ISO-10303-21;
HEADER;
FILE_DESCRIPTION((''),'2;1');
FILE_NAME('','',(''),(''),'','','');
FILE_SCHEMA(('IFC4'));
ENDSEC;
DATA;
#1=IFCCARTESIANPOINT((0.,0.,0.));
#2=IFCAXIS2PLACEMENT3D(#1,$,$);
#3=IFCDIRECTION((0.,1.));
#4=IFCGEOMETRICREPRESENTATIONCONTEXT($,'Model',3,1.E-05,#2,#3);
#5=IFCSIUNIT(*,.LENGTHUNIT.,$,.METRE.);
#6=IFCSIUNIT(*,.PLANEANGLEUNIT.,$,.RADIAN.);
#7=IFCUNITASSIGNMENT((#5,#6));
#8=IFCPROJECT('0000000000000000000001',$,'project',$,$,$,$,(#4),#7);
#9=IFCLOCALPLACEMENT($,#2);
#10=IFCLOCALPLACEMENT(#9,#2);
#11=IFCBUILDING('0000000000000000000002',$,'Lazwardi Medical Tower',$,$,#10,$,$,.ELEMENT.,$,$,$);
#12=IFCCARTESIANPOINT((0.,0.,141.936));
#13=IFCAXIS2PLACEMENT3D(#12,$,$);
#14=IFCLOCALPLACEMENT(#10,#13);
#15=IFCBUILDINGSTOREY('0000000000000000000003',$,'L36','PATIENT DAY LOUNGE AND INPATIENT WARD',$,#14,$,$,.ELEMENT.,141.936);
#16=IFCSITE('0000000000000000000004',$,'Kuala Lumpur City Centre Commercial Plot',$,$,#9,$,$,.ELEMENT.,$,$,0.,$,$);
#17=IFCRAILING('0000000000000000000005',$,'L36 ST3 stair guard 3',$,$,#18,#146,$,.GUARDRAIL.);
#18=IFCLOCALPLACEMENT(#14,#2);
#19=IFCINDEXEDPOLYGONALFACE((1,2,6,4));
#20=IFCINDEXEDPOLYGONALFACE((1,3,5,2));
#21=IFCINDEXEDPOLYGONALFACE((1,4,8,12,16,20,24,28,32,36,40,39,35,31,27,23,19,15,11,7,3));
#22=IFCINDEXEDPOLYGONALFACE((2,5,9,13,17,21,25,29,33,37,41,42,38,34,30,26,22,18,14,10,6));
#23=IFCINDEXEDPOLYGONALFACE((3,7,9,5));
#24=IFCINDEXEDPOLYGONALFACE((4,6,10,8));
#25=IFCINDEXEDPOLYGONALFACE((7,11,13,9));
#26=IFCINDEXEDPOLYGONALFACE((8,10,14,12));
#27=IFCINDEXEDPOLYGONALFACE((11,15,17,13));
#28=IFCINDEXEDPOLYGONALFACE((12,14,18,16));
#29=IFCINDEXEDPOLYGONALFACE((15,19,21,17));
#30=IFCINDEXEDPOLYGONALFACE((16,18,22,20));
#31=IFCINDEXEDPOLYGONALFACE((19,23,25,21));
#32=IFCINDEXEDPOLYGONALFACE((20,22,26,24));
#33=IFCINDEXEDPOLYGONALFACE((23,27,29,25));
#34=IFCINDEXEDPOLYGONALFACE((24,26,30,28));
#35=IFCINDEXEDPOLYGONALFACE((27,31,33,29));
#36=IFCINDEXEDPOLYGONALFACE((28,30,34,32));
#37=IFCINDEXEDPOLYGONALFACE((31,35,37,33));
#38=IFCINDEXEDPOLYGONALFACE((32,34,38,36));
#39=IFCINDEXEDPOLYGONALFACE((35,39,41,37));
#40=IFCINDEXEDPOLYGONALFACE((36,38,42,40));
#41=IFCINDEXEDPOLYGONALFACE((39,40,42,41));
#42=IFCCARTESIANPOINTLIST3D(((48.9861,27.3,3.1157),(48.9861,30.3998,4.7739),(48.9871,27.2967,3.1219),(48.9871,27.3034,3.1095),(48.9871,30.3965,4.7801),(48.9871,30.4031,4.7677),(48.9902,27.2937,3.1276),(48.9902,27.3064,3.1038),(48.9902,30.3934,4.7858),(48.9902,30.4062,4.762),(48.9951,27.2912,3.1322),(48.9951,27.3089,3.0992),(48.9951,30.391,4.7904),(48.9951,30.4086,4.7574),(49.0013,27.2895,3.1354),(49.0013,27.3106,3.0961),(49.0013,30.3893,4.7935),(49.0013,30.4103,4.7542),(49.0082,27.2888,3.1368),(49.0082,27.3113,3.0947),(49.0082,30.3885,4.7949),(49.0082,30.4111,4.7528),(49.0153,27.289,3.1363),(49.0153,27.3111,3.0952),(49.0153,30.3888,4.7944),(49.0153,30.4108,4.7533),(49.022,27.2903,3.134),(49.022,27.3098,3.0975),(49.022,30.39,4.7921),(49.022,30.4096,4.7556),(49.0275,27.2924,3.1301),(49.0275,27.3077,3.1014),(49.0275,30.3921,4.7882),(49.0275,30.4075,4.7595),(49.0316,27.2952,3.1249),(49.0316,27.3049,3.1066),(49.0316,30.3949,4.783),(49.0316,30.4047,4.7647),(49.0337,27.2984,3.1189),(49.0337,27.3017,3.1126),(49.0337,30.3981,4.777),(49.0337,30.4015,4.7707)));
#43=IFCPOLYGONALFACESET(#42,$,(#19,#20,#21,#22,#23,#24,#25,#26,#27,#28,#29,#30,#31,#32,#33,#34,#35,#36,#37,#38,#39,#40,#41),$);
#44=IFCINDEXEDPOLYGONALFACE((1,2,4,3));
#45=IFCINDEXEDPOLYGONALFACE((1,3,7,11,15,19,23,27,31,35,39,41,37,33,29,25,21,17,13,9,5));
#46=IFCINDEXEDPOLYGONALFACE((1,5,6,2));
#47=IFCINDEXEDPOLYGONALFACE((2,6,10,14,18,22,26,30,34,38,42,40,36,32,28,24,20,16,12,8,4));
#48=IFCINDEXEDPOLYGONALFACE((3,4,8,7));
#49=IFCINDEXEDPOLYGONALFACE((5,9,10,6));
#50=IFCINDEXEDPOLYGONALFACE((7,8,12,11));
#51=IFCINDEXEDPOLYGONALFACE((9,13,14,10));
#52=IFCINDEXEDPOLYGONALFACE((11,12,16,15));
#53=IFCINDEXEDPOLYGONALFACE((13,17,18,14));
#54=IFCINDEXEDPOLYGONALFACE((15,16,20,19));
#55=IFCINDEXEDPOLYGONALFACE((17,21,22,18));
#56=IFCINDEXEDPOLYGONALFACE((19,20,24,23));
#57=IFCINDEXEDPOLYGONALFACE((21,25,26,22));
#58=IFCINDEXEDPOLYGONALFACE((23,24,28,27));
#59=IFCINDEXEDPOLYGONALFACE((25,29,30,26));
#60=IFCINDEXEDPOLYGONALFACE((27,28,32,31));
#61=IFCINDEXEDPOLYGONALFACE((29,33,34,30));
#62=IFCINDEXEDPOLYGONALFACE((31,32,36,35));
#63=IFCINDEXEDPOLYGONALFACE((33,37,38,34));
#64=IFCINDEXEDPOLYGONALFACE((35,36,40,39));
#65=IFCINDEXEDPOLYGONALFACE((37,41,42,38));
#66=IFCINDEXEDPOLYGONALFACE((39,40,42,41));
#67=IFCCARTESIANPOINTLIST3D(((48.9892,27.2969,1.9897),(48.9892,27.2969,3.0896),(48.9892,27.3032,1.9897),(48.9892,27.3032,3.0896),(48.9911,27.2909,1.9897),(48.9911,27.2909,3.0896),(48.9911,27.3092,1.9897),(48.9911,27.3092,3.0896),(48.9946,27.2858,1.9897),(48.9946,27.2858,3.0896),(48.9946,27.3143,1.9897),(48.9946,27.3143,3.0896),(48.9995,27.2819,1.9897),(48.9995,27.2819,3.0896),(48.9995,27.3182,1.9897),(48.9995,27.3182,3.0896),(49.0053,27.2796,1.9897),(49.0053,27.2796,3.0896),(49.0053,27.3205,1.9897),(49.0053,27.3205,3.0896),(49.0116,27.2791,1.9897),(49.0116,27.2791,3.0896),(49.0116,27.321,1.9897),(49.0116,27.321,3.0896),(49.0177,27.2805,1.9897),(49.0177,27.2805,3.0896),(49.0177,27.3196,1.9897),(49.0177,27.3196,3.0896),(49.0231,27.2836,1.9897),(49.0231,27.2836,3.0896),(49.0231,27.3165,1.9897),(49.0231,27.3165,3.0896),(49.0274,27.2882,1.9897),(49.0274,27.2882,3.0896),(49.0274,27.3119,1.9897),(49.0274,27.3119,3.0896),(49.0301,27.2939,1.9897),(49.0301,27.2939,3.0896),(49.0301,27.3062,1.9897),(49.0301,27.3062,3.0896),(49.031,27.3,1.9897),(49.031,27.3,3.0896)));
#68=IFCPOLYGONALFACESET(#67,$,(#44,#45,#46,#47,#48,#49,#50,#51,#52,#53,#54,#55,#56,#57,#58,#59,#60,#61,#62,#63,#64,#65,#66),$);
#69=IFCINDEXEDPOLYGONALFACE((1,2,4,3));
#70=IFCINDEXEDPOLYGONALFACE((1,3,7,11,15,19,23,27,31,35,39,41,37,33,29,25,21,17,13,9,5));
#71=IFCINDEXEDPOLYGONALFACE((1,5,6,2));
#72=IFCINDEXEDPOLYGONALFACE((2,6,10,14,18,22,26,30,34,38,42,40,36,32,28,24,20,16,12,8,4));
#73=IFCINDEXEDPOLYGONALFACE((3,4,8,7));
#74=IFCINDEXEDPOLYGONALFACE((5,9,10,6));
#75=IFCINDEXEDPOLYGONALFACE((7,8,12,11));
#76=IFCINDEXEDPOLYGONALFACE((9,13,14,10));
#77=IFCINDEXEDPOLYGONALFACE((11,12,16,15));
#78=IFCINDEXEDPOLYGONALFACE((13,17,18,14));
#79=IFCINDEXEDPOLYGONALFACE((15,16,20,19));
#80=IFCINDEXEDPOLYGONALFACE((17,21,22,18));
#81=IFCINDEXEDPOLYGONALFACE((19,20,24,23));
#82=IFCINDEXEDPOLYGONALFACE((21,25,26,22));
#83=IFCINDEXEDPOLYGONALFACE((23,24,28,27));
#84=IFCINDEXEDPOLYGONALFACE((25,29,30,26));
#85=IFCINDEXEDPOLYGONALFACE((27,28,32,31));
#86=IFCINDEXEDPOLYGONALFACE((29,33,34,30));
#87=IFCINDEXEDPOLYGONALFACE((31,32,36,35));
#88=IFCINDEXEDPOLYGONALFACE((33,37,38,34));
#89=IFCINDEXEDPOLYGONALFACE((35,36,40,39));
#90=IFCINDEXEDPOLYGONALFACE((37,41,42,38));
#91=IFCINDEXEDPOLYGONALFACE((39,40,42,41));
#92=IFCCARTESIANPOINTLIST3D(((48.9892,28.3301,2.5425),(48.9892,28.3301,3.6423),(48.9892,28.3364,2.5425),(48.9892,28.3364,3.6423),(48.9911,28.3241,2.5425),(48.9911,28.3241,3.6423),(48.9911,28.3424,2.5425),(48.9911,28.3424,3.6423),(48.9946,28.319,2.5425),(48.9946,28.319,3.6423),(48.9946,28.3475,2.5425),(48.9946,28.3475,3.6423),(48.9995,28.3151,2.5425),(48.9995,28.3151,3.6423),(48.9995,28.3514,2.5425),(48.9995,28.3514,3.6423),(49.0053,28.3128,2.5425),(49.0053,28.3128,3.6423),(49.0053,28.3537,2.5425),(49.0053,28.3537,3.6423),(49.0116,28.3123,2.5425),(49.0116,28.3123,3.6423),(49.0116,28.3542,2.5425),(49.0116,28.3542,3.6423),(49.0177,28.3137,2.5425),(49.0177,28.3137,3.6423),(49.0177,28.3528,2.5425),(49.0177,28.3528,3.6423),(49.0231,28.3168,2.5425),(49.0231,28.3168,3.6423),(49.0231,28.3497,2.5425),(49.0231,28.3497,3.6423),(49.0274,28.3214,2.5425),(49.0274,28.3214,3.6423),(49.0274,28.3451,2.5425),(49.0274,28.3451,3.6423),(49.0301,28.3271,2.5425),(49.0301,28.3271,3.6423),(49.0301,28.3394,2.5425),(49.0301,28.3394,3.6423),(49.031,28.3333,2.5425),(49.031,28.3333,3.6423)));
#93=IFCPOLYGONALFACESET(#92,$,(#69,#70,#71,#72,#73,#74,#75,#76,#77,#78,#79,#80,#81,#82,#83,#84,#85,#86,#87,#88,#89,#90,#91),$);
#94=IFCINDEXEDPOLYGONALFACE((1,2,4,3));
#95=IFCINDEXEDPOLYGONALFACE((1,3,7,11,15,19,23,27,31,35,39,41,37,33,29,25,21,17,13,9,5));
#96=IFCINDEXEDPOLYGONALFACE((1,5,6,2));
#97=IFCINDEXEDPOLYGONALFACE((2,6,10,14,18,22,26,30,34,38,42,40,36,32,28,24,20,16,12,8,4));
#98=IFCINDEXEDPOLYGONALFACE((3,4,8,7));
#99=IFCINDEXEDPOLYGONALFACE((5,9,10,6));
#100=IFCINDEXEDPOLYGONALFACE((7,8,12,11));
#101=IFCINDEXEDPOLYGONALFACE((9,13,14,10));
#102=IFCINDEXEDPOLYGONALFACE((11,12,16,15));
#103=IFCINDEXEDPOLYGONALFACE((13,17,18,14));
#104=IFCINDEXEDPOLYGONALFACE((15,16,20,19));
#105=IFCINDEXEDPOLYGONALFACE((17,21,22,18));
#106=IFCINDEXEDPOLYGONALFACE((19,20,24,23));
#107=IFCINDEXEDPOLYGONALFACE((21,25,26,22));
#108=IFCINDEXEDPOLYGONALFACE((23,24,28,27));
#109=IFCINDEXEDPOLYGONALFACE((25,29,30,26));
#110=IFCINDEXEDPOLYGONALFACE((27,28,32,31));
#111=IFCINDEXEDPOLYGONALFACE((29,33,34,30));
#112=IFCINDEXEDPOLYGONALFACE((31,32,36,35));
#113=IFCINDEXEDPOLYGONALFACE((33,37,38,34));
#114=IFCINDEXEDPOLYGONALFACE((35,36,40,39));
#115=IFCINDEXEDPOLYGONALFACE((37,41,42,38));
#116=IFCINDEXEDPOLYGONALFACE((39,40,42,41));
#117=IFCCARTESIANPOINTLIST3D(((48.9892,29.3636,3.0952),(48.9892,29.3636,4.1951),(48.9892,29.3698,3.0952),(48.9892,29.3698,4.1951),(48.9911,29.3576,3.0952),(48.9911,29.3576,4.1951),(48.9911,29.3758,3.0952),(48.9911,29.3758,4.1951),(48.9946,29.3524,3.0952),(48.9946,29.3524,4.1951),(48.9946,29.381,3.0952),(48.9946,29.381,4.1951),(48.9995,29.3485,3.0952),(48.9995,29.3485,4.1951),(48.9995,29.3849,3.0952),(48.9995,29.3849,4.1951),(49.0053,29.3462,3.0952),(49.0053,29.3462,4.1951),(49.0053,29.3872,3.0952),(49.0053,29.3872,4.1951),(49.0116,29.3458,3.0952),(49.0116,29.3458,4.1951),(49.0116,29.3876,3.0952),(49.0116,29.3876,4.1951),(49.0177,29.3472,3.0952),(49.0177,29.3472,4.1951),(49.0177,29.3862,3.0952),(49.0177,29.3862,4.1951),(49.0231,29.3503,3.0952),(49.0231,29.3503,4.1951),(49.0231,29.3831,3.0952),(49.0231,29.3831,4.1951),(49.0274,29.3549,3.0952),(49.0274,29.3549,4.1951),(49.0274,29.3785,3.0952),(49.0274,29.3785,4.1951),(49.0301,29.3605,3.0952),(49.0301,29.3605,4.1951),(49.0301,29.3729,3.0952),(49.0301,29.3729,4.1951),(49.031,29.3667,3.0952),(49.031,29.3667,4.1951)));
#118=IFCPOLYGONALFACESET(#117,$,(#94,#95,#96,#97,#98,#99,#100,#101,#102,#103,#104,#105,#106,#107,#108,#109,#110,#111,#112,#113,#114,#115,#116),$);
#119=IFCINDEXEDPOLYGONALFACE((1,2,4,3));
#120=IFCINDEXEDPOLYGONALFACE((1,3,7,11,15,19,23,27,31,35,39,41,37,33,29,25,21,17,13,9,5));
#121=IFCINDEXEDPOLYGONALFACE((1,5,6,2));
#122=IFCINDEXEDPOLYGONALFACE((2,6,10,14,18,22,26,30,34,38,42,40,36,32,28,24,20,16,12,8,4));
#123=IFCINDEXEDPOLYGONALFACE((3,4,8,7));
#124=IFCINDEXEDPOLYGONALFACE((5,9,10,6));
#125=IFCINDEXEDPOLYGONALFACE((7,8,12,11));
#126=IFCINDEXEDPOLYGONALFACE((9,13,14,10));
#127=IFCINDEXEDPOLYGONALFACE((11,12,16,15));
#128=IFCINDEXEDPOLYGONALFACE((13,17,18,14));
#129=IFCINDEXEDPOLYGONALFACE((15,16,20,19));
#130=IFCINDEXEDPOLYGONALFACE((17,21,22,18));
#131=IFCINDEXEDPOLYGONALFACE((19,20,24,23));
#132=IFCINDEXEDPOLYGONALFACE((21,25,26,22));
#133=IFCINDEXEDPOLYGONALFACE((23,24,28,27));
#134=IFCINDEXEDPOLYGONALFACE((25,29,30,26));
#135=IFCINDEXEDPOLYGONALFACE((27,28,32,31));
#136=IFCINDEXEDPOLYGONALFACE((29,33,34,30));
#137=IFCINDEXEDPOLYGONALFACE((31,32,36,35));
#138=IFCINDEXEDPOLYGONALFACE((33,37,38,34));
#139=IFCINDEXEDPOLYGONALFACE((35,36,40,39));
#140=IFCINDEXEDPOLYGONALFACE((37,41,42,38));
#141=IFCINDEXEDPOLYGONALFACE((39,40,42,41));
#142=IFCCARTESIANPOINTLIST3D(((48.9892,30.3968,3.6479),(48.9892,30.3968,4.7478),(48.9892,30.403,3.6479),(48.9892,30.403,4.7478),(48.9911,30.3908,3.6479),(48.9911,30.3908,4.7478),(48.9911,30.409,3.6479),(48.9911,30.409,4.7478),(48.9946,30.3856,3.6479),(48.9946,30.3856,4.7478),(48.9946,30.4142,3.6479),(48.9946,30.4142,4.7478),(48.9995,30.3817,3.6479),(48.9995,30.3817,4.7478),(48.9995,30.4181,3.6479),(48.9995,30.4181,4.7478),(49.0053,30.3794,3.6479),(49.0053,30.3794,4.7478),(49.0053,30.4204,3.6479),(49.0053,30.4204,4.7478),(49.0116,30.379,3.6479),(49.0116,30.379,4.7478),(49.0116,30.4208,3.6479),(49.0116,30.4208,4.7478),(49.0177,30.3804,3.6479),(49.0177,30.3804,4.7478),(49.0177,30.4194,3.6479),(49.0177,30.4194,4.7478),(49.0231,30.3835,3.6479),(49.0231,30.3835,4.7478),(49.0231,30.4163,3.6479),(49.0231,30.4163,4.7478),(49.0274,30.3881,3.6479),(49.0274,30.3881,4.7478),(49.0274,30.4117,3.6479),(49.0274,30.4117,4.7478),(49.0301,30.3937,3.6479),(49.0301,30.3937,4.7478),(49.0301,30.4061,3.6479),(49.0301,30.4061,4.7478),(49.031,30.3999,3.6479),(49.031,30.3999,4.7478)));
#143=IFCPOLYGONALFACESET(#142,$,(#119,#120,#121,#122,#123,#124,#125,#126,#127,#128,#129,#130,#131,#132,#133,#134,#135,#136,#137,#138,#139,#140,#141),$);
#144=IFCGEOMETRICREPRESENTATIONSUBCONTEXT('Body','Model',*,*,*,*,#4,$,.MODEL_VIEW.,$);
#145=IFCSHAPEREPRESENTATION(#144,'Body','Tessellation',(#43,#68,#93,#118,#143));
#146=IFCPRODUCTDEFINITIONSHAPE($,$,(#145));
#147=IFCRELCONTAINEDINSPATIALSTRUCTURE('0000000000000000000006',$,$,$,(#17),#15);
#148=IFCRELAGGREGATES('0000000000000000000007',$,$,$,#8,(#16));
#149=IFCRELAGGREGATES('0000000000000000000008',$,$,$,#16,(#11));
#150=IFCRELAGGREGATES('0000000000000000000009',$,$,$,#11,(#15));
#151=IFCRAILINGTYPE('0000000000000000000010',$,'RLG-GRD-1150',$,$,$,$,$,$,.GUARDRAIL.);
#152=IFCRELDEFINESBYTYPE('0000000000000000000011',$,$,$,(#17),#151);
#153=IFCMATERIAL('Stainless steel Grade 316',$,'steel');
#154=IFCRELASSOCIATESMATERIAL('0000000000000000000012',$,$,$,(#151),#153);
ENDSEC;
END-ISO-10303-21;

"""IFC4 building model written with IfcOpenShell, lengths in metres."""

from ifc_helpers import new_model, si_unit, direction, frame, origin, origin_2d, place, context, subcontext, project, spatial, circle, extrude, material, type_object, element, save


model = new_model("IFC4")

# Units and contexts
model_context = context("Model", 3, precision=1e-05, world=origin(), true_north=direction((0.0, 1.0)))
body_context = subcontext(model_context, "Body", "Model", "MODEL_VIEW")
ifc_project = project(units=[si_unit("LENGTHUNIT", "METRE"), si_unit("PLANEANGLEUNIT", "RADIAN")], contexts=[model_context])

# Site, building, storey
site_placement = place(None, origin())
site = spatial("IfcSite", under=ifc_project, at=site_placement, Name="Kuala Lumpur City Centre Commercial Plot", CompositionType="ELEMENT", RefElevation=0.0)
building_placement = place(site_placement, origin())
building = spatial("IfcBuilding", under=site, at=building_placement, Name="Lazwardi Medical Tower", CompositionType="ELEMENT")
storey_placement = place(building_placement, frame((0.0, 0.0, 141.936)))
storey = spatial("IfcBuildingStorey", under=building, at=storey_placement, Name="L36", Description="PATIENT DAY LOUNGE AND INPATIENT WARD", CompositionType="ELEMENT", Elevation=141.936)

# Railing
ifc_material_1 = material(Name="Stainless steel Grade 316", Category="steel")
railing_type_1 = type_object("IfcRailingType", Name="RLG-GRD-1150", PredefinedType="GUARDRAIL", material=ifc_material_1)
railing_1_placement = place(storey_placement, frame((49.01, 27.3, 1.9897)))
element("IfcRailing", 1, at=railing_1_placement, inside=storey, type_object=railing_type_1, Name="L36 ST3 stair guard 3", PredefinedType="GUARDRAIL", context=body_context, shape_type="SweptSolid", body=[
    extrude(circle(Radius=0.0239, at=origin_2d()), frame((0.0, 0.0, 1.126), z_axis=(0.0, 0.881768, 0.471684), x_axis=(-1.0, 0.0, 0.0)), (0.0, 0.0, 1.0), 3.5154),
    extrude(circle(Radius=0.021, at=origin_2d()), origin(), (0.0, 0.0, 1.0), 1.0999),
    extrude(circle(Radius=0.021, at=origin_2d()), frame((0.0, 1.0332, 0.5527)), (0.0, 0.0, 1.0), 1.0999),
    extrude(circle(Radius=0.021, at=origin_2d()), frame((0.0, 2.0667, 1.1055)), (0.0, 0.0, 1.0), 1.0999),
    extrude(circle(Radius=0.021, at=origin_2d()), frame((0.0, 3.0999, 1.6582)), (0.0, 0.0, 1.0), 1.0999),
])

save(model, "model.ifc")
